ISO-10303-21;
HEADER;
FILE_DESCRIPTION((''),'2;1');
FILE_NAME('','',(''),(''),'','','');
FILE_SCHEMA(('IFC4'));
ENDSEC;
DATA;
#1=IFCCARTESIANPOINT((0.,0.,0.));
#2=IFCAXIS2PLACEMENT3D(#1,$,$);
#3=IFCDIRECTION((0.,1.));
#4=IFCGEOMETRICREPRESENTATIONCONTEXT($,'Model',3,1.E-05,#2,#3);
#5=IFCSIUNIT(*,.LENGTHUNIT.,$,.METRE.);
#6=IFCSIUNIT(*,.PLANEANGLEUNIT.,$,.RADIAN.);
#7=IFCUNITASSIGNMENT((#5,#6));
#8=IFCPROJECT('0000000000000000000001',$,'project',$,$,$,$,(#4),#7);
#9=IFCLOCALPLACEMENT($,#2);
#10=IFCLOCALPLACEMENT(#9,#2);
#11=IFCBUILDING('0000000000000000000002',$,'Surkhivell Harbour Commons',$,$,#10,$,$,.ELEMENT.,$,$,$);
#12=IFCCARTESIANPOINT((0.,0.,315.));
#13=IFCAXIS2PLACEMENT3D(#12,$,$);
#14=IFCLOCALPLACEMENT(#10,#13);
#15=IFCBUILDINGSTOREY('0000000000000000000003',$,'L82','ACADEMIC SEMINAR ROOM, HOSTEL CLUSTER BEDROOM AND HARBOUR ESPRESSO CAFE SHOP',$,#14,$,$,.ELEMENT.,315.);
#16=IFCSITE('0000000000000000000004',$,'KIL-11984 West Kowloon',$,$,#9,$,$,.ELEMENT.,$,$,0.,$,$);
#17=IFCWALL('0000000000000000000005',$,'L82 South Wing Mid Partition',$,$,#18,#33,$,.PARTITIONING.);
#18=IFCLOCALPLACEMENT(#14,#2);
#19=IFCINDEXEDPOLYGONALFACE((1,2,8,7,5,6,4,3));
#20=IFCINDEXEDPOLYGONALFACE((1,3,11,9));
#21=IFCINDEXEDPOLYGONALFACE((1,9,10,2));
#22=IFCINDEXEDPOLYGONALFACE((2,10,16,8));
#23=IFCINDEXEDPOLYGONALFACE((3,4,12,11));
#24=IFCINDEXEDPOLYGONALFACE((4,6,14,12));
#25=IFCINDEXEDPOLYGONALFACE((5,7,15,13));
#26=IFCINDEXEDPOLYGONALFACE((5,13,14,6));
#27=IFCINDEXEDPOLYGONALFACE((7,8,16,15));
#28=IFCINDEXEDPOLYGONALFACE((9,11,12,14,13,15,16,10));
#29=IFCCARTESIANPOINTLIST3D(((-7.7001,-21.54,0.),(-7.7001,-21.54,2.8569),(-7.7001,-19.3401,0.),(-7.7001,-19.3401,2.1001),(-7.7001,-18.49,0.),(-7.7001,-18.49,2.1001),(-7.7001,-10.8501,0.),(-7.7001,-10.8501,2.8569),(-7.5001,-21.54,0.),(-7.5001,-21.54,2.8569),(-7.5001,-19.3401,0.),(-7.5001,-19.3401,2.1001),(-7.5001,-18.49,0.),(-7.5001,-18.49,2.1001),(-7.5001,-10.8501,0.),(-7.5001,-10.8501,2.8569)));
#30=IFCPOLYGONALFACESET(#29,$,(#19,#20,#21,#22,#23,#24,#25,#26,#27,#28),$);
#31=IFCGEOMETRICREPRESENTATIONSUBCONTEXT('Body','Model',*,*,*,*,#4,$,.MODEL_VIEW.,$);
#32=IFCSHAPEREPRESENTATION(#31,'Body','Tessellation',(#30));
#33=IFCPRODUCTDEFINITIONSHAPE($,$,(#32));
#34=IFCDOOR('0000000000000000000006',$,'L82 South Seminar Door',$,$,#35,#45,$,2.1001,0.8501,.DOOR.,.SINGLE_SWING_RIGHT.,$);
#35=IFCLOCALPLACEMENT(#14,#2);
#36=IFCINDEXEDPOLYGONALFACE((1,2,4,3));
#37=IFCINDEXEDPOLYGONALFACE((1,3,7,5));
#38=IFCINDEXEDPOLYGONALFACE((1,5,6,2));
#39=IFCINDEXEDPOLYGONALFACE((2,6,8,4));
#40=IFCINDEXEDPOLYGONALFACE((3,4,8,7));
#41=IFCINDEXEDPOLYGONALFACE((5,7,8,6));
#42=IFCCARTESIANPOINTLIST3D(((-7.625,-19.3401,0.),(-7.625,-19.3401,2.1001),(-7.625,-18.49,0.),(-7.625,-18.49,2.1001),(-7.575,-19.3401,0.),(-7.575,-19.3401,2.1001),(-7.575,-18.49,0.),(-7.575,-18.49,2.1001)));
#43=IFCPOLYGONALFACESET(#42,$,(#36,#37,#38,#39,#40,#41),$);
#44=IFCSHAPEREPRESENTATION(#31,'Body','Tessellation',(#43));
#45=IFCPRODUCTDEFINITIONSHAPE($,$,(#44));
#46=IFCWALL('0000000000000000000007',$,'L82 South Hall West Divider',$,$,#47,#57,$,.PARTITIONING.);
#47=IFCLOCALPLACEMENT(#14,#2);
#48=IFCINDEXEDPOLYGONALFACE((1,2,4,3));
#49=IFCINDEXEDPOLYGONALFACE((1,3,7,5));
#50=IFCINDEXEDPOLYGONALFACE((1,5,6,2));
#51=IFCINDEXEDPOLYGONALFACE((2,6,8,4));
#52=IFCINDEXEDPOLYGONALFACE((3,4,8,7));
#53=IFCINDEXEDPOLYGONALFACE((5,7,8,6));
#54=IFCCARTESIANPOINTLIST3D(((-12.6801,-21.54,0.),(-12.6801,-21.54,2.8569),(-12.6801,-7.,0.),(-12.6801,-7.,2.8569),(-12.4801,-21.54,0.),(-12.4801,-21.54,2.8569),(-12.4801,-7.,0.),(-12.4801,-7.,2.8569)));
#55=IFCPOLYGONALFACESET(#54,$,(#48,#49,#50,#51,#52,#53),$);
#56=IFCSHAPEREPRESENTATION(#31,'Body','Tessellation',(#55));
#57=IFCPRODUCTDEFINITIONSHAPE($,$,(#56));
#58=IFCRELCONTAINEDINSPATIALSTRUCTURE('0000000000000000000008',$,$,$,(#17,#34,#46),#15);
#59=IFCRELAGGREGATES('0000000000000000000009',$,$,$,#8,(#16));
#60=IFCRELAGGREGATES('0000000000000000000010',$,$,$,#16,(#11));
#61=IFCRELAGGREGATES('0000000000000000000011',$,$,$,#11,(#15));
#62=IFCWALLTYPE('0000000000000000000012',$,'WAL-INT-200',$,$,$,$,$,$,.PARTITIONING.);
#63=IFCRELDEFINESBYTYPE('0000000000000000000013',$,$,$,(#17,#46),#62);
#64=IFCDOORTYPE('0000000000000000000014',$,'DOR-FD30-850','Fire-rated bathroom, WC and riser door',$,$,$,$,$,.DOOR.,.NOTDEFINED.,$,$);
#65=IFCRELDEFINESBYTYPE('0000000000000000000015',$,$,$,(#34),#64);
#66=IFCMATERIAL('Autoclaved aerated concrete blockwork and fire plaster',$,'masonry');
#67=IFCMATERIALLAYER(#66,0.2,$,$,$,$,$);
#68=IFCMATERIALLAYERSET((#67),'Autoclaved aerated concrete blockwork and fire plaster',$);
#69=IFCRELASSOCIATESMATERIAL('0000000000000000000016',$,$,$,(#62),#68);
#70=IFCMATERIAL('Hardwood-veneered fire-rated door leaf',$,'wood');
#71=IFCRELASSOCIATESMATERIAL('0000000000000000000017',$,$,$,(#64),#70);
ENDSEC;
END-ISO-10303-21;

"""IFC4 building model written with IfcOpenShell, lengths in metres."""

from ifc_helpers import new_model, si_unit, direction, frame, frame_2d, origin, place, context, subcontext, project, spatial, rectangle, extrude, material, layer, layer_set, type_object, element, fill, save


model = new_model("IFC4")

# Units and contexts
model_context = context("Model", 3, precision=1e-05, world=origin(), true_north=direction((0.0, 1.0)))
body_context = subcontext(model_context, "Body", "Model", "MODEL_VIEW")
ifc_project = project(units=[si_unit("LENGTHUNIT", "METRE"), si_unit("PLANEANGLEUNIT", "RADIAN")], contexts=[model_context])

# Site, building, storey
site_placement = place(None, origin())
site = spatial("IfcSite", under=ifc_project, at=site_placement, Name="KIL-11984 West Kowloon", CompositionType="ELEMENT", RefElevation=0.0)
building_placement = place(site_placement, origin())
building = spatial("IfcBuilding", under=site, at=building_placement, Name="Surkhivell Harbour Commons", CompositionType="ELEMENT")
storey_placement = place(building_placement, frame((0.0, 0.0, 315.0)))
storey = spatial("IfcBuildingStorey", under=building, at=storey_placement, Name="L82", Description="ACADEMIC SEMINAR ROOM, HOSTEL CLUSTER BEDROOM AND HARBOUR ESPRESSO CAFE SHOP", CompositionType="ELEMENT", Elevation=315.0)

# Wall, opening, door
ifc_material_1 = material(Name="Autoclaved aerated concrete blockwork and fire plaster", Category="masonry")
ifc_layer_1 = layer(ifc_material_1, 0.2)
ifc_layer_set_1 = layer_set([ifc_layer_1], Name="Autoclaved aerated concrete blockwork and fire plaster")
wall_type_1 = type_object("IfcWallType", Name="WAL-INT-200", PredefinedType="PARTITIONING", material=ifc_layer_set_1)
wall_1_placement = place(storey_placement, frame((-7.6001, -21.54, 0.0), z_axis=(0.0, 0.0, 1.0), x_axis=(0.0, 1.0, 0.0)))
wall_1 = element("IfcWall", 1, at=wall_1_placement, inside=storey, type_object=wall_type_1, Name="L82 South Wing Mid Partition", PredefinedType="PARTITIONING", context=body_context, shape_type="SweptSolid", body=[
    extrude(rectangle(XDim=10.6899, YDim=0.2, at=frame_2d((5.345, 0.0))), origin(), (0.0, 0.0, 1.0), 2.8569),
])
opening_placement = place(wall_1_placement, frame((2.2, 0.0, 0.0)))
opening = element("IfcOpeningElement", 2, at=opening_placement, cuts=wall_1, PredefinedType="OPENING", context=body_context, shape_type="SweptSolid", body=[
    extrude(rectangle(XDim=0.8501, YDim=2.1001, at=frame_2d((0.425, 1.05))), frame((0.0, 0.1099, 0.0), z_axis=(0.0, -1.0, 0.0), x_axis=(1.0, 0.0, 0.0)), (0.0, 0.0, 1.0), 0.22),
])
ifc_material_2 = material(Name="Hardwood-veneered fire-rated door leaf", Category="wood")
door_type = type_object("IfcDoorType", Name="DOR-FD30-850", Description="Fire-rated bathroom, WC and riser door", OperationType="NOTDEFINED", PredefinedType="DOOR", material=ifc_material_2)
door_placement = place(opening_placement, origin())
door = element("IfcDoor", 3, at=door_placement, inside=storey, type_object=door_type, Name="L82 South Seminar Door", OperationType="SINGLE_SWING_RIGHT", OverallHeight=2.1001, OverallWidth=0.8501, PredefinedType="DOOR", context=body_context, shape_type="SweptSolid", body=[
    extrude(rectangle(XDim=0.8501, YDim=2.1001, at=frame_2d((0.425, 1.05))), frame((0.0, 0.0249, 0.0), z_axis=(0.0, -1.0, 0.0), x_axis=(1.0, 0.0, 0.0)), (0.0, 0.0, 1.0), 0.05),
])
fill(opening, door)

# Wall
wall_2_placement = place(storey_placement, frame((-12.5801, -21.54, 0.0), z_axis=(0.0, 0.0, 1.0), x_axis=(0.0, 1.0, 0.0)))
element("IfcWall", 4, at=wall_2_placement, inside=storey, type_object=wall_type_1, Name="L82 South Hall West Divider", PredefinedType="PARTITIONING", context=body_context, shape_type="SweptSolid", body=[
    extrude(rectangle(XDim=14.54, YDim=0.2, at=frame_2d((7.27, 0.0))), origin(), (0.0, 0.0, 1.0), 2.8569),
])

save(model, "model.ifc")
